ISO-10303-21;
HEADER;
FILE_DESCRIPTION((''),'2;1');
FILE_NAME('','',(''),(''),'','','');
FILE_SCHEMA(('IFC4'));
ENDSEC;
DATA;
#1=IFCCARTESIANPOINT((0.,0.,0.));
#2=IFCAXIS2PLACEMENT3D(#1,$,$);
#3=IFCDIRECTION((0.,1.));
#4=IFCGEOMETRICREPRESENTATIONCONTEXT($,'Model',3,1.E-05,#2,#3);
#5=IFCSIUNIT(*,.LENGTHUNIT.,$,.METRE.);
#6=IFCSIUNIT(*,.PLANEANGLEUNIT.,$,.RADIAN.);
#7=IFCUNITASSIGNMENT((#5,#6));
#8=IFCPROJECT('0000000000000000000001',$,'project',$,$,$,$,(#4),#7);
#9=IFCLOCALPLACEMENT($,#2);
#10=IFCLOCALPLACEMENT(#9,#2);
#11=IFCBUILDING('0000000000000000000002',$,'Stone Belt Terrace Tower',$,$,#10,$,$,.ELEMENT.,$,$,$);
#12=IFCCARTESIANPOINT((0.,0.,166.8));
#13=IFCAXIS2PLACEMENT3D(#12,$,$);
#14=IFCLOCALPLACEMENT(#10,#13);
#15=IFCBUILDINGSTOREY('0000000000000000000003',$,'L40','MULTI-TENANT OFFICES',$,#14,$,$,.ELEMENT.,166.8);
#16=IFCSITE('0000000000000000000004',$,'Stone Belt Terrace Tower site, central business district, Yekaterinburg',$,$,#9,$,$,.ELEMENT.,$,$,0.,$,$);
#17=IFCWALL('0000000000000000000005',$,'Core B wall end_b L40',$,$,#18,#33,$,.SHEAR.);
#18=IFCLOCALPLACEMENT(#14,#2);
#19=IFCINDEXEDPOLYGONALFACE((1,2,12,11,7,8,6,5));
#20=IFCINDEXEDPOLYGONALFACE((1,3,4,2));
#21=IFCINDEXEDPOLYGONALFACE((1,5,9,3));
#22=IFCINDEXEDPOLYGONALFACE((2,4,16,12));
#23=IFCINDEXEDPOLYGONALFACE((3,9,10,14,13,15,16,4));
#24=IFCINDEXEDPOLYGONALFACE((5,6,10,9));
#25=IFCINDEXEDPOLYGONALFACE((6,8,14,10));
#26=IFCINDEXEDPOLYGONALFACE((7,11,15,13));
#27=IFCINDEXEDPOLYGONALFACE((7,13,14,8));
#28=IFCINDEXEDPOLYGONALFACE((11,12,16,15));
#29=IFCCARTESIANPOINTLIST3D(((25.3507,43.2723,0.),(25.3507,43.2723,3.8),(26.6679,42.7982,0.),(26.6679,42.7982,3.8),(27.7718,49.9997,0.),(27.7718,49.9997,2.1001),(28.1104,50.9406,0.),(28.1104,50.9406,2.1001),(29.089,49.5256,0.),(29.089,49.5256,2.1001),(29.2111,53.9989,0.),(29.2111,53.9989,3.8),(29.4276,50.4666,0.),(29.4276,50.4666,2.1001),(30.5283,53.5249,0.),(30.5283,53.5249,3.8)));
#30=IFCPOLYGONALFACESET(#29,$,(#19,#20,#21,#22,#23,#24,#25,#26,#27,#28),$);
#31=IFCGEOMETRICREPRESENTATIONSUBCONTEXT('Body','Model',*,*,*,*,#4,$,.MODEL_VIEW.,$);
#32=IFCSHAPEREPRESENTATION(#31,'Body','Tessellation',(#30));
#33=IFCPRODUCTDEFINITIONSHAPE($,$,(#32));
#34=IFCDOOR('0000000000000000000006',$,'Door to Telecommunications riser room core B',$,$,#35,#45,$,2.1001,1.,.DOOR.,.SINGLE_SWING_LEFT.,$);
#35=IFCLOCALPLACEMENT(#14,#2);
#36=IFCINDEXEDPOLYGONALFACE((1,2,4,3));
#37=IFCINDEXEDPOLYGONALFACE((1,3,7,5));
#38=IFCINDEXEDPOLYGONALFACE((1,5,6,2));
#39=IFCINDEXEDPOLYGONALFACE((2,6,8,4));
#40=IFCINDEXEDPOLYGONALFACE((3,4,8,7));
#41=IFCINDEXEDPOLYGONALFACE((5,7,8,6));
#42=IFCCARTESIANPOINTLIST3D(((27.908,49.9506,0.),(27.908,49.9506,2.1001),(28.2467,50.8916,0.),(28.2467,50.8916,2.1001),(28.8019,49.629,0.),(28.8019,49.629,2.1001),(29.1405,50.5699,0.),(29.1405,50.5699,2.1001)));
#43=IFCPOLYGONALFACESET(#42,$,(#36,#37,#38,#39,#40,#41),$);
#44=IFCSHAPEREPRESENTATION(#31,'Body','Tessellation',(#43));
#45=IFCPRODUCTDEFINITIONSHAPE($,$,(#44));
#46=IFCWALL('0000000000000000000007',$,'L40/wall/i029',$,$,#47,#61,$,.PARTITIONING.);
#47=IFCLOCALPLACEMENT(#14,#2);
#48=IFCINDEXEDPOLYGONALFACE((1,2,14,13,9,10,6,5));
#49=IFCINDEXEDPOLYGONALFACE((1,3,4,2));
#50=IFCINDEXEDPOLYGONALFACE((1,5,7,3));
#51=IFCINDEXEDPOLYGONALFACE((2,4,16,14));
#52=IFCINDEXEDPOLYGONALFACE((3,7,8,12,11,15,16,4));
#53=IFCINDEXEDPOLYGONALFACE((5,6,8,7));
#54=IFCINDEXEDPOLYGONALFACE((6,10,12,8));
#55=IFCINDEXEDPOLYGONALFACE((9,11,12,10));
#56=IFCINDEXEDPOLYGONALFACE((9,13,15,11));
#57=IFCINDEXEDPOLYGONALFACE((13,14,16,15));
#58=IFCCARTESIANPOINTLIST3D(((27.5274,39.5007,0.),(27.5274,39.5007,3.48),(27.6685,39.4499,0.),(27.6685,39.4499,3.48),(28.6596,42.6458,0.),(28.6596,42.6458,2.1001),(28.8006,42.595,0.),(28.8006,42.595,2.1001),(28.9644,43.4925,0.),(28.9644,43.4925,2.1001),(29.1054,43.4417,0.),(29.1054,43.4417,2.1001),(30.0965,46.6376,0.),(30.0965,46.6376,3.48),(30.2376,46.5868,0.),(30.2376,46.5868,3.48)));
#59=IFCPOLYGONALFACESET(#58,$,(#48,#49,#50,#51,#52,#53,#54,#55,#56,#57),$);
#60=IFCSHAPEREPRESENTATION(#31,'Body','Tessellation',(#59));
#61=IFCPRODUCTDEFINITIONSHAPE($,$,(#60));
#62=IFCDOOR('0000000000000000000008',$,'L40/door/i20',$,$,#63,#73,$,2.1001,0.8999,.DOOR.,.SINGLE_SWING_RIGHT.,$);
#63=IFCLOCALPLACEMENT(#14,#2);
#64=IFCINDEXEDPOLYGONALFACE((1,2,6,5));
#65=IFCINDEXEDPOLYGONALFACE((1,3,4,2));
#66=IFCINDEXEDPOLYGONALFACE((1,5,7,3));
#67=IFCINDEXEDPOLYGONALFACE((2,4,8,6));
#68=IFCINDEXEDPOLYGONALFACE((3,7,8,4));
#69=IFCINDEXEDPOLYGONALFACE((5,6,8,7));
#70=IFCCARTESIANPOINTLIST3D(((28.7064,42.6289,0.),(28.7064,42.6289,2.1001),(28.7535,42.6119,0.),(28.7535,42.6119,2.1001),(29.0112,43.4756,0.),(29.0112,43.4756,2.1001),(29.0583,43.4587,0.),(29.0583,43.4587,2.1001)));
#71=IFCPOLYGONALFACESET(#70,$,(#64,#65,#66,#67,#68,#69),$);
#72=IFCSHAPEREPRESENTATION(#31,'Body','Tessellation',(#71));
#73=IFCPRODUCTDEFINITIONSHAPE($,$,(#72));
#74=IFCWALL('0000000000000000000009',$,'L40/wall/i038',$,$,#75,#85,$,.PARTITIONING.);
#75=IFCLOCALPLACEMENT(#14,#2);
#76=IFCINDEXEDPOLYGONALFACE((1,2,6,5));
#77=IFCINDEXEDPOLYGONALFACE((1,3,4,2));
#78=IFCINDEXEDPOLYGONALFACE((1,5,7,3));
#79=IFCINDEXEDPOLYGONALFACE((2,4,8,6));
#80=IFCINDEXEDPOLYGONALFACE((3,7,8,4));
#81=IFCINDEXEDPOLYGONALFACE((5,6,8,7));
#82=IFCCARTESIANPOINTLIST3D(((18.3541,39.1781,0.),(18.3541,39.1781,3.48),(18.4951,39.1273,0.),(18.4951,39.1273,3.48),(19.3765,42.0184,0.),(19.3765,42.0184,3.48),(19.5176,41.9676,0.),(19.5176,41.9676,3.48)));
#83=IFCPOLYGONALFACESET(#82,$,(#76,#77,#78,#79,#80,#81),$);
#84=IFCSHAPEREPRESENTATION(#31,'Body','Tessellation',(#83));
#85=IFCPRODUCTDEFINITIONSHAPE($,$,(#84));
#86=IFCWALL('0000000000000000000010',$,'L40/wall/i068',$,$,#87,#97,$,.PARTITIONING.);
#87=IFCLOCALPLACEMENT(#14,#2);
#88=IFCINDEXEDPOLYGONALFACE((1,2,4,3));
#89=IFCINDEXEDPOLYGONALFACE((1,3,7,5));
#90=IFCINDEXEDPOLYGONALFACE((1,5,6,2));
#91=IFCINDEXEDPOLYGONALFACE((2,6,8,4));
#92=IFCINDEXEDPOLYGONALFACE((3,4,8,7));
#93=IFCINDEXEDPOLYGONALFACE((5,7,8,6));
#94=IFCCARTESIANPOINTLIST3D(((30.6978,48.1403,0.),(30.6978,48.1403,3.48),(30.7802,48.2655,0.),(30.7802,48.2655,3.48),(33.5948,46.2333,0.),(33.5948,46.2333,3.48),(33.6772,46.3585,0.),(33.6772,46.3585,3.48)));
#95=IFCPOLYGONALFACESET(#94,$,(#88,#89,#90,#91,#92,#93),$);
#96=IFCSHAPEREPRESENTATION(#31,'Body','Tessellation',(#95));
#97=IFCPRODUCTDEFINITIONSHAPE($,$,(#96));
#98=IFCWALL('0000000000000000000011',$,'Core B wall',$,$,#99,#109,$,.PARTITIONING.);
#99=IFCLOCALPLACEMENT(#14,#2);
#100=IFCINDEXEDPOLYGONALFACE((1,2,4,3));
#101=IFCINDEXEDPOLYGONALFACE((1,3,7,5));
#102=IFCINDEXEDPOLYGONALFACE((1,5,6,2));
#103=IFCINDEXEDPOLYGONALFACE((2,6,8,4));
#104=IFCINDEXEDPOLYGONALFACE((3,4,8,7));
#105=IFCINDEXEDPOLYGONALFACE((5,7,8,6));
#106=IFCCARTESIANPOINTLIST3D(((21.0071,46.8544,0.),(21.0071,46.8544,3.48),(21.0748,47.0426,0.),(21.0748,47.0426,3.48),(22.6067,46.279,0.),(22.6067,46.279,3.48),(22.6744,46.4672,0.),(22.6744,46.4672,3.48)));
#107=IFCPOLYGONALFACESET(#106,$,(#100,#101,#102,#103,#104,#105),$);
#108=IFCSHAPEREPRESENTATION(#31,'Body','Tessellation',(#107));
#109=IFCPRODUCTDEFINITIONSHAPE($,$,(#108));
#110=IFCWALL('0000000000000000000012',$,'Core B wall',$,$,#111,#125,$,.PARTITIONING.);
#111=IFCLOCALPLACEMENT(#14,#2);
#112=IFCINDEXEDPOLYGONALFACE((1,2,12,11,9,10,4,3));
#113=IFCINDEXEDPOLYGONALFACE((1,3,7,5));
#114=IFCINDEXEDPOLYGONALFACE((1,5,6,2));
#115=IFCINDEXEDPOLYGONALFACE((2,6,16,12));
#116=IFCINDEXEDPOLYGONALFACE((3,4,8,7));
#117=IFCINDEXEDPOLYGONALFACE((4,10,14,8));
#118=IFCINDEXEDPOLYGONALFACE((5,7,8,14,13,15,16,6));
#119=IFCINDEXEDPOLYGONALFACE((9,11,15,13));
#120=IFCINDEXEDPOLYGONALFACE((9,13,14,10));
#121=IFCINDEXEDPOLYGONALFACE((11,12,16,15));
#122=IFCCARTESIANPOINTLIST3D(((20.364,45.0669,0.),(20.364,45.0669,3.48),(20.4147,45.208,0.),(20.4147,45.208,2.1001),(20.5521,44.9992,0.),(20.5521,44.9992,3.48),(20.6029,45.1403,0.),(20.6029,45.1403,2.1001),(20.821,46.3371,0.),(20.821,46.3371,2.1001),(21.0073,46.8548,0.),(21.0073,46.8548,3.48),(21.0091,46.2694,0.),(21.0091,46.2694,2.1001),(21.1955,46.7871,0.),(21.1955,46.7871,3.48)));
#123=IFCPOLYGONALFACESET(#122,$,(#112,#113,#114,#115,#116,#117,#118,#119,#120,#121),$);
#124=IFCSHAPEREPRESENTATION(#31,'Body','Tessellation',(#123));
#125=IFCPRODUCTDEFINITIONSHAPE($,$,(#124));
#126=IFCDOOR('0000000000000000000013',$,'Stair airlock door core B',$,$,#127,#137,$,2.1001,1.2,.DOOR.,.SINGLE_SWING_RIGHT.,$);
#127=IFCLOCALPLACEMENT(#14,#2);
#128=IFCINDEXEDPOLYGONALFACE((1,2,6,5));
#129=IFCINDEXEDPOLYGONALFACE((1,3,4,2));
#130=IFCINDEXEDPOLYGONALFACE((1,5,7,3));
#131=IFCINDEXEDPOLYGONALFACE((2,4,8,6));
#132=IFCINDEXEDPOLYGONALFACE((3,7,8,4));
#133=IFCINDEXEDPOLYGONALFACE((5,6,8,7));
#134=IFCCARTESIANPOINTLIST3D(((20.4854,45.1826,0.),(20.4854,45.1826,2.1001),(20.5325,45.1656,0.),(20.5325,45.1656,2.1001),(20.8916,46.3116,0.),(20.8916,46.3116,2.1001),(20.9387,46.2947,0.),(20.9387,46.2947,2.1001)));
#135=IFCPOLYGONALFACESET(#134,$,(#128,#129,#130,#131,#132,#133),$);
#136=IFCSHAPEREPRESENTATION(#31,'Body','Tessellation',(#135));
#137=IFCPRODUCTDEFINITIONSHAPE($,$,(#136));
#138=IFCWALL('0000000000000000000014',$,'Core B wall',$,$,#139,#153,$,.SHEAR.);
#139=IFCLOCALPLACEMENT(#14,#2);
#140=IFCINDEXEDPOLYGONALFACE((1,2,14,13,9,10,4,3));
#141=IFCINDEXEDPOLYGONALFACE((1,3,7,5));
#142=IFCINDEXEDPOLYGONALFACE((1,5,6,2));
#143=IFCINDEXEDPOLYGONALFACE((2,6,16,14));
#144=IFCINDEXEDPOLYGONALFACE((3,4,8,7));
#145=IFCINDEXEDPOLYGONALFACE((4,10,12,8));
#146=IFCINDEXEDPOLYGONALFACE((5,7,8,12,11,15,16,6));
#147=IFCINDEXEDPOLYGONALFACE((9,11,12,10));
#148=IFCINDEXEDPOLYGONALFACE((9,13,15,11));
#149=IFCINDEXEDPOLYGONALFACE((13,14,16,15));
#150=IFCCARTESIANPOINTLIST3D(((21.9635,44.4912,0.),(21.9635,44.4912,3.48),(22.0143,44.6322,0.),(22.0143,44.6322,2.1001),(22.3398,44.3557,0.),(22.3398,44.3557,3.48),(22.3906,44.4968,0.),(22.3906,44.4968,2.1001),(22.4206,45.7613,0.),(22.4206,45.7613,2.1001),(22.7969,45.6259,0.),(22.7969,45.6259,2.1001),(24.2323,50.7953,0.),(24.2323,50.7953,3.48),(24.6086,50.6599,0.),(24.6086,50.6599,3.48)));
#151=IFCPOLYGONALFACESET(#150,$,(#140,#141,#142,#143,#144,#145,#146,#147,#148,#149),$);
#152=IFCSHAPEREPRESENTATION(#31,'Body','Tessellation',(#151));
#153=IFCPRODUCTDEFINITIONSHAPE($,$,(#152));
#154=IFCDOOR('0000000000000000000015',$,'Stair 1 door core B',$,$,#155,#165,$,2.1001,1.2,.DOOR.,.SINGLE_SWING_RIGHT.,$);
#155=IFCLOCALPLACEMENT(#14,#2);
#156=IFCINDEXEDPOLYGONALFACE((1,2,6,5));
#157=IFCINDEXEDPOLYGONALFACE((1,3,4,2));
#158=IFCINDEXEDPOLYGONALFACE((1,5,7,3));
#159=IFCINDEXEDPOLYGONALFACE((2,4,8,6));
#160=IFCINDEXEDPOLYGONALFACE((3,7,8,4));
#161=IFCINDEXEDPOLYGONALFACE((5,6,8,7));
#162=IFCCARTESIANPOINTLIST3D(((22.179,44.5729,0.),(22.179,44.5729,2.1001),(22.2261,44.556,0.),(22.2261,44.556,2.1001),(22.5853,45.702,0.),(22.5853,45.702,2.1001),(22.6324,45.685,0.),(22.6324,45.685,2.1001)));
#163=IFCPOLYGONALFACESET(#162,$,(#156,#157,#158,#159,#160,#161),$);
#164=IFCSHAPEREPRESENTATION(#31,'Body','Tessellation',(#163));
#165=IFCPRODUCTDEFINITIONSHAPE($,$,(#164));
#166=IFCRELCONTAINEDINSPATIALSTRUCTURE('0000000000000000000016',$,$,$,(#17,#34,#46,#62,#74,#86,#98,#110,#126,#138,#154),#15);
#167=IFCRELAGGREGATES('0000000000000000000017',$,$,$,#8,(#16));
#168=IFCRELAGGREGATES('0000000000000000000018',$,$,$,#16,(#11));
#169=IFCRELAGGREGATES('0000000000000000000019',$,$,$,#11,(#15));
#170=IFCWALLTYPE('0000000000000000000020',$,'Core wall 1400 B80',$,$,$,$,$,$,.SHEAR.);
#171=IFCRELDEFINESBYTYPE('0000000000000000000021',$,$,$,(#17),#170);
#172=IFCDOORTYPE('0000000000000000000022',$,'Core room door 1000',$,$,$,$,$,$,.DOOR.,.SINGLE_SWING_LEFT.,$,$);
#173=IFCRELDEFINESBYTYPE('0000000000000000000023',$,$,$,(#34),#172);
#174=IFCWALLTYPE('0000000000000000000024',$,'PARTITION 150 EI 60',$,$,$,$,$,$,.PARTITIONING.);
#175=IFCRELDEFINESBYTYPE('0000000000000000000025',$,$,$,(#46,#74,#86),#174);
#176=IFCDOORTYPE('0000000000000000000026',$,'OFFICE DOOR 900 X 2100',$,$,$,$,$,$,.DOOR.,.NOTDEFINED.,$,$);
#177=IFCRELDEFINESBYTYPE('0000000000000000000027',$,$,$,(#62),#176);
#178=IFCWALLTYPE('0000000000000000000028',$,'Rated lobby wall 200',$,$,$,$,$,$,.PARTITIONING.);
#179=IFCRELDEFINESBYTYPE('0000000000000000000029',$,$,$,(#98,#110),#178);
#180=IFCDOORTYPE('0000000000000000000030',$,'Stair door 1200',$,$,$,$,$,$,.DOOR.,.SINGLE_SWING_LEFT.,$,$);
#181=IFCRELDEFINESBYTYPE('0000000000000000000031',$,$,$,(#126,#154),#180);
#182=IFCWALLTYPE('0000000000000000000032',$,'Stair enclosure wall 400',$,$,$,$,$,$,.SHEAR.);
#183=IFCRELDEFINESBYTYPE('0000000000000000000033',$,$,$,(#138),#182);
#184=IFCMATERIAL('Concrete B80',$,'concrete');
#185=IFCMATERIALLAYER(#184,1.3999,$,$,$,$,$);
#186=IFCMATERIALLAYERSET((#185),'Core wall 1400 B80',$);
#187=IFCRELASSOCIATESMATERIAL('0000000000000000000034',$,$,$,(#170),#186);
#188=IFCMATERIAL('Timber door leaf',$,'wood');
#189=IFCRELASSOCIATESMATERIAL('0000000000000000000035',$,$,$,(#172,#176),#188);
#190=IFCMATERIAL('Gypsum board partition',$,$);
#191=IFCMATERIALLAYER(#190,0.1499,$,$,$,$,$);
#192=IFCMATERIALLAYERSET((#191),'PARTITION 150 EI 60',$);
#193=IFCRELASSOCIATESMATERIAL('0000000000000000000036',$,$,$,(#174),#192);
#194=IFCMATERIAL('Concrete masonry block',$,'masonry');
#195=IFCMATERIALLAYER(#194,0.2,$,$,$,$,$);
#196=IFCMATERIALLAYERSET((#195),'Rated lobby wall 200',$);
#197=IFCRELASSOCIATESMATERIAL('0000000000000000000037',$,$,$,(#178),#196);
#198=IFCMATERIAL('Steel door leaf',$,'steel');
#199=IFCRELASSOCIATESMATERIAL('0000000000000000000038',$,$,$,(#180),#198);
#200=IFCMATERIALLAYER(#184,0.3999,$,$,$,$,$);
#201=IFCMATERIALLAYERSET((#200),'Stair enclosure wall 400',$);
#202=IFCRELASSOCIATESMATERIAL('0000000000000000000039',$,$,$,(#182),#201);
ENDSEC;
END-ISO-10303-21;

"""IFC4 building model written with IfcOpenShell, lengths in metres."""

from ifc_helpers import new_model, si_unit, direction, frame, frame_2d, origin, place, context, subcontext, project, spatial, rectangle, extrude, material, layer, layer_set, type_object, element, fill, save


model = new_model("IFC4")

# Units and contexts
model_context = context("Model", 3, precision=1e-05, world=origin(), true_north=direction((0.0, 1.0)))
body_context = subcontext(model_context, "Body", "Model", "MODEL_VIEW")
ifc_project = project(units=[si_unit("LENGTHUNIT", "METRE"), si_unit("PLANEANGLEUNIT", "RADIAN")], contexts=[model_context])

# Site, building, storey
site_placement = place(None, origin())
site = spatial("IfcSite", under=ifc_project, at=site_placement, Name="Stone Belt Terrace Tower site, central business district, Yekaterinburg", CompositionType="ELEMENT", RefElevation=0.0)
building_placement = place(site_placement, origin())
building = spatial("IfcBuilding", under=site, at=building_placement, Name="Stone Belt Terrace Tower", CompositionType="ELEMENT")
storey_placement = place(building_placement, frame((0.0, 0.0, 166.8)))
storey = spatial("IfcBuildingStorey", under=building, at=storey_placement, Name="L40", Description="MULTI-TENANT OFFICES", CompositionType="ELEMENT", Elevation=166.8)

# Walls, openings, doors
ifc_material_1 = material(Name="Concrete B80", Category="concrete")
ifc_layer_1 = layer(ifc_material_1, 1.3999)
ifc_layer_set_1 = layer_set([ifc_layer_1], Name="Core wall 1400 B80")
wall_type_1 = type_object("IfcWallType", Name="Core wall 1400 B80", PredefinedType="SHEAR", material=ifc_layer_set_1)
wall_1_placement = place(storey_placement, frame((26.0093, 43.0352, 0.0), z_axis=(0.0, 0.0, 1.0), x_axis=(0.338625, 0.940921, 0.0)))
wall_1 = element("IfcWall", 1, at=wall_1_placement, inside=storey, type_object=wall_type_1, Name="Core B wall end_b L40", PredefinedType="SHEAR", context=body_context, shape_type="SweptSolid", body=[
    extrude(rectangle(XDim=11.4001, YDim=1.3999, at=frame_2d((5.7002, 0.0))), origin(), (0.0, 0.0, 1.0), 3.8),
])
opening_1_placement = place(wall_1_placement, frame((7.1499, 0.0, 0.0)))
opening_1 = element("IfcOpeningElement", 2, at=opening_1_placement, cuts=wall_1, PredefinedType="OPENING", context=body_context, shape_type="SweptSolid", body=[
    extrude(rectangle(XDim=1.0, YDim=2.1001, at=frame_2d((0.5, 1.05))), frame((0.0, 0.71, 0.0), z_axis=(0.0, -1.0, 0.0), x_axis=(1.0, 0.0, 0.0)), (0.0, 0.0, 1.0), 1.4199),
])
ifc_material_2 = material(Name="Timber door leaf", Category="wood")
door_type_1 = type_object("IfcDoorType", Name="Core room door 1000", OperationType="SINGLE_SWING_LEFT", PredefinedType="DOOR", material=ifc_material_2)
door_1_placement = place(opening_1_placement, origin())
door_1 = element("IfcDoor", 3, at=door_1_placement, inside=storey, type_object=door_type_1, Name="Door to Telecommunications riser room core B", OperationType="SINGLE_SWING_LEFT", OverallHeight=2.1001, OverallWidth=1.0, PredefinedType="DOOR", context=body_context, shape_type="SweptSolid", body=[
    extrude(rectangle(XDim=1.0, YDim=2.1001, at=frame_2d((0.5, 1.05))), frame((0.0, 0.5552, 0.0), z_axis=(0.0, -1.0, 0.0), x_axis=(1.0, 0.0, 0.0)), (0.0, 0.0, 1.0), 0.95),
])
fill(opening_1, door_1)
ifc_material_3 = material(Name="Gypsum board partition")
ifc_layer_2 = layer(ifc_material_3, 0.1499)
ifc_layer_set_2 = layer_set([ifc_layer_2], Name="PARTITION 150 EI 60")
wall_type_2 = type_object("IfcWallType", Name="PARTITION 150 EI 60", PredefinedType="PARTITIONING", material=ifc_layer_set_2)
wall_2_placement = place(storey_placement, frame((30.167, 46.6121, 0.0), z_axis=(0.0, 0.0, 1.0), x_axis=(-0.338694, -0.940896, 0.0)))
wall_2 = element("IfcWall", 4, at=wall_2_placement, inside=storey, type_object=wall_type_2, Name="L40/wall/i029", PredefinedType="PARTITIONING", context=body_context, shape_type="SweptSolid", body=[
    extrude(rectangle(XDim=7.5852, YDim=0.1499, at=frame_2d((3.7925, 0.0))), origin(), (0.0, 0.0, 1.0), 3.48),
])
opening_2_placement = place(wall_2_placement, frame((3.3425, 0.0, 0.0)))
opening_2 = element("IfcOpeningElement", 5, at=opening_2_placement, cuts=wall_2, PredefinedType="OPENING", context=body_context, shape_type="SweptSolid", body=[
    extrude(rectangle(XDim=0.8999, YDim=2.1001, at=frame_2d((0.45, 1.05))), frame((0.0, 0.085, 0.0), z_axis=(0.0, -1.0, 0.0), x_axis=(1.0, 0.0, 0.0)), (0.0, 0.0, 1.0), 0.1699),
])
door_type_2 = type_object("IfcDoorType", Name="OFFICE DOOR 900 X 2100", OperationType="NOTDEFINED", PredefinedType="DOOR", material=ifc_material_2)
door_2_placement = place(opening_2_placement, origin())
door_2 = element("IfcDoor", 6, at=door_2_placement, inside=storey, type_object=door_type_2, Name="L40/door/i20", OperationType="SINGLE_SWING_RIGHT", OverallHeight=2.1001, OverallWidth=0.8999, PredefinedType="DOOR", context=body_context, shape_type="SweptSolid", body=[
    extrude(rectangle(XDim=0.8999, YDim=2.1001, at=frame_2d((0.45, 1.05))), frame((0.0, 0.0249, 0.0), z_axis=(0.0, -1.0, 0.0), x_axis=(1.0, 0.0, 0.0)), (0.0, 0.0, 1.0), 0.05),
])
fill(opening_2, door_2)

# Walls
wall_3_placement = place(storey_placement, frame((19.447, 41.9929, 0.0), z_axis=(0.0, 0.0, 1.0), x_axis=(-0.338702, -0.940894, 0.0)))
element("IfcWall", 7, at=wall_3_placement, inside=storey, type_object=wall_type_2, Name="L40/wall/i038", PredefinedType="PARTITIONING", context=body_context, shape_type="SweptSolid", body=[
    extrude(rectangle(XDim=3.0188, YDim=0.1499, at=frame_2d((1.5093, 0.0))), origin(), (0.0, 0.0, 1.0), 3.48),
])
wall_4_placement = place(storey_placement, frame((30.739, 48.2029, 0.0), z_axis=(0.0, 0.0, 1.0), x_axis=(0.835274, -0.549834, 0.0)))
element("IfcWall", 8, at=wall_4_placement, inside=storey, type_object=wall_type_2, Name="L40/wall/i068", PredefinedType="PARTITIONING", context=body_context, shape_type="SweptSolid", body=[
    extrude(rectangle(XDim=3.4683, YDim=0.1499, at=frame_2d((1.7341, 0.0))), origin(), (0.0, 0.0, 1.0), 3.48),
])
ifc_material_4 = material(Name="Concrete masonry block", Category="masonry")
ifc_layer_3 = layer(ifc_material_4, 0.2)
ifc_layer_set_3 = layer_set([ifc_layer_3], Name="Rated lobby wall 200")
wall_type_3 = type_object("IfcWallType", Name="Rated lobby wall 200", PredefinedType="PARTITIONING", material=ifc_layer_set_3)
wall_5_placement = place(storey_placement, frame((22.6406, 46.373, 0.0), z_axis=(0.0, 0.0, 1.0), x_axis=(-0.940966, 0.338501, 0.0)))
element("IfcWall", 9, at=wall_5_placement, inside=storey, type_object=wall_type_3, Name="Core B wall", PredefinedType="PARTITIONING", context=body_context, shape_type="SweptSolid", body=[
    extrude(rectangle(XDim=1.7, YDim=0.2, at=frame_2d((0.8501, 0.0))), origin(), (0.0, 0.0, 1.0), 3.48),
])

# Walls, openings, doors
wall_6_placement = place(storey_placement, frame((20.458, 45.033, 0.0), z_axis=(0.0, 0.0, 1.0), x_axis=(0.338574, 0.94094, 0.0)))
wall_6 = element("IfcWall", 10, at=wall_6_placement, inside=storey, type_object=wall_type_3, Name="Core B wall", PredefinedType="PARTITIONING", context=body_context, shape_type="SweptSolid", body=[
    extrude(rectangle(XDim=1.9001, YDim=0.2, at=frame_2d((0.9502, 0.0))), origin(), (0.0, 0.0, 1.0), 3.48),
])
opening_3_placement = place(wall_6_placement, frame((0.1499, 0.0, 0.0)))
opening_3 = element("IfcOpeningElement", 11, at=opening_3_placement, cuts=wall_6, PredefinedType="OPENING", context=body_context, shape_type="SweptSolid", body=[
    extrude(rectangle(XDim=1.2, YDim=2.1001, at=frame_2d((0.6001, 1.05))), frame((0.0, 0.1099, 0.0), z_axis=(0.0, -1.0, 0.0), x_axis=(1.0, 0.0, 0.0)), (0.0, 0.0, 1.0), 0.22),
])
ifc_material_5 = material(Name="Steel door leaf", Category="steel")
door_type_3 = type_object("IfcDoorType", Name="Stair door 1200", OperationType="SINGLE_SWING_LEFT", PredefinedType="DOOR", material=ifc_material_5)
door_3_placement = place(opening_3_placement, origin())
door_3 = element("IfcDoor", 12, at=door_3_placement, inside=storey, type_object=door_type_3, Name="Stair airlock door core B", OperationType="SINGLE_SWING_RIGHT", OverallHeight=2.1001, OverallWidth=1.2, PredefinedType="DOOR", context=body_context, shape_type="SweptSolid", body=[
    extrude(rectangle(XDim=1.2, YDim=2.1001, at=frame_2d((0.6001, 1.05))), frame((0.0, 0.0249, 0.0), z_axis=(0.0, -1.0, 0.0), x_axis=(1.0, 0.0, 0.0)), (0.0, 0.0, 1.0), 0.05),
])
fill(opening_3, door_3)
ifc_layer_4 = layer(ifc_material_1, 0.3999)
ifc_layer_set_4 = layer_set([ifc_layer_4], Name="Stair enclosure wall 400")
wall_type_4 = type_object("IfcWallType", Name="Stair enclosure wall 400", PredefinedType="SHEAR", material=ifc_layer_set_4)
wall_7_placement = place(storey_placement, frame((22.1516, 44.4233, 0.0), z_axis=(0.0, 0.0, 1.0), x_axis=(0.338625, 0.940921, 0.0)))
wall_7 = element("IfcWall", 13, at=wall_7_placement, inside=storey, type_object=wall_type_4, Name="Core B wall", PredefinedType="SHEAR", context=body_context, shape_type="SweptSolid", body=[
    extrude(rectangle(XDim=6.7, YDim=0.3999, at=frame_2d((3.3501, 0.0))), origin(), (0.0, 0.0, 1.0), 3.48),
])
opening_4_placement = place(wall_7_placement, frame((0.1499, 0.0, 0.0)))
opening_4 = element("IfcOpeningElement", 14, at=opening_4_placement, cuts=wall_7, PredefinedType="OPENING", context=body_context, shape_type="SweptSolid", body=[
    extrude(rectangle(XDim=1.2, YDim=2.1001, at=frame_2d((0.6001, 1.05))), frame((0.0, 0.21, 0.0), z_axis=(0.0, -1.0, 0.0), x_axis=(1.0, 0.0, 0.0)), (0.0, 0.0, 1.0), 0.4199),
])
door_4_placement = place(opening_4_placement, origin())
door_4 = element("IfcDoor", 15, at=door_4_placement, inside=storey, type_object=door_type_3, Name="Stair 1 door core B", OperationType="SINGLE_SWING_RIGHT", OverallHeight=2.1001, OverallWidth=1.2, PredefinedType="DOOR", context=body_context, shape_type="SweptSolid", body=[
    extrude(rectangle(XDim=1.2, YDim=2.1001, at=frame_2d((0.6001, 1.05))), frame((0.0, 0.0249, 0.0), z_axis=(0.0, -1.0, 0.0), x_axis=(1.0, 0.0, 0.0)), (0.0, 0.0, 1.0), 0.05),
])
fill(opening_4, door_4)

save(model, "model.ifc")
